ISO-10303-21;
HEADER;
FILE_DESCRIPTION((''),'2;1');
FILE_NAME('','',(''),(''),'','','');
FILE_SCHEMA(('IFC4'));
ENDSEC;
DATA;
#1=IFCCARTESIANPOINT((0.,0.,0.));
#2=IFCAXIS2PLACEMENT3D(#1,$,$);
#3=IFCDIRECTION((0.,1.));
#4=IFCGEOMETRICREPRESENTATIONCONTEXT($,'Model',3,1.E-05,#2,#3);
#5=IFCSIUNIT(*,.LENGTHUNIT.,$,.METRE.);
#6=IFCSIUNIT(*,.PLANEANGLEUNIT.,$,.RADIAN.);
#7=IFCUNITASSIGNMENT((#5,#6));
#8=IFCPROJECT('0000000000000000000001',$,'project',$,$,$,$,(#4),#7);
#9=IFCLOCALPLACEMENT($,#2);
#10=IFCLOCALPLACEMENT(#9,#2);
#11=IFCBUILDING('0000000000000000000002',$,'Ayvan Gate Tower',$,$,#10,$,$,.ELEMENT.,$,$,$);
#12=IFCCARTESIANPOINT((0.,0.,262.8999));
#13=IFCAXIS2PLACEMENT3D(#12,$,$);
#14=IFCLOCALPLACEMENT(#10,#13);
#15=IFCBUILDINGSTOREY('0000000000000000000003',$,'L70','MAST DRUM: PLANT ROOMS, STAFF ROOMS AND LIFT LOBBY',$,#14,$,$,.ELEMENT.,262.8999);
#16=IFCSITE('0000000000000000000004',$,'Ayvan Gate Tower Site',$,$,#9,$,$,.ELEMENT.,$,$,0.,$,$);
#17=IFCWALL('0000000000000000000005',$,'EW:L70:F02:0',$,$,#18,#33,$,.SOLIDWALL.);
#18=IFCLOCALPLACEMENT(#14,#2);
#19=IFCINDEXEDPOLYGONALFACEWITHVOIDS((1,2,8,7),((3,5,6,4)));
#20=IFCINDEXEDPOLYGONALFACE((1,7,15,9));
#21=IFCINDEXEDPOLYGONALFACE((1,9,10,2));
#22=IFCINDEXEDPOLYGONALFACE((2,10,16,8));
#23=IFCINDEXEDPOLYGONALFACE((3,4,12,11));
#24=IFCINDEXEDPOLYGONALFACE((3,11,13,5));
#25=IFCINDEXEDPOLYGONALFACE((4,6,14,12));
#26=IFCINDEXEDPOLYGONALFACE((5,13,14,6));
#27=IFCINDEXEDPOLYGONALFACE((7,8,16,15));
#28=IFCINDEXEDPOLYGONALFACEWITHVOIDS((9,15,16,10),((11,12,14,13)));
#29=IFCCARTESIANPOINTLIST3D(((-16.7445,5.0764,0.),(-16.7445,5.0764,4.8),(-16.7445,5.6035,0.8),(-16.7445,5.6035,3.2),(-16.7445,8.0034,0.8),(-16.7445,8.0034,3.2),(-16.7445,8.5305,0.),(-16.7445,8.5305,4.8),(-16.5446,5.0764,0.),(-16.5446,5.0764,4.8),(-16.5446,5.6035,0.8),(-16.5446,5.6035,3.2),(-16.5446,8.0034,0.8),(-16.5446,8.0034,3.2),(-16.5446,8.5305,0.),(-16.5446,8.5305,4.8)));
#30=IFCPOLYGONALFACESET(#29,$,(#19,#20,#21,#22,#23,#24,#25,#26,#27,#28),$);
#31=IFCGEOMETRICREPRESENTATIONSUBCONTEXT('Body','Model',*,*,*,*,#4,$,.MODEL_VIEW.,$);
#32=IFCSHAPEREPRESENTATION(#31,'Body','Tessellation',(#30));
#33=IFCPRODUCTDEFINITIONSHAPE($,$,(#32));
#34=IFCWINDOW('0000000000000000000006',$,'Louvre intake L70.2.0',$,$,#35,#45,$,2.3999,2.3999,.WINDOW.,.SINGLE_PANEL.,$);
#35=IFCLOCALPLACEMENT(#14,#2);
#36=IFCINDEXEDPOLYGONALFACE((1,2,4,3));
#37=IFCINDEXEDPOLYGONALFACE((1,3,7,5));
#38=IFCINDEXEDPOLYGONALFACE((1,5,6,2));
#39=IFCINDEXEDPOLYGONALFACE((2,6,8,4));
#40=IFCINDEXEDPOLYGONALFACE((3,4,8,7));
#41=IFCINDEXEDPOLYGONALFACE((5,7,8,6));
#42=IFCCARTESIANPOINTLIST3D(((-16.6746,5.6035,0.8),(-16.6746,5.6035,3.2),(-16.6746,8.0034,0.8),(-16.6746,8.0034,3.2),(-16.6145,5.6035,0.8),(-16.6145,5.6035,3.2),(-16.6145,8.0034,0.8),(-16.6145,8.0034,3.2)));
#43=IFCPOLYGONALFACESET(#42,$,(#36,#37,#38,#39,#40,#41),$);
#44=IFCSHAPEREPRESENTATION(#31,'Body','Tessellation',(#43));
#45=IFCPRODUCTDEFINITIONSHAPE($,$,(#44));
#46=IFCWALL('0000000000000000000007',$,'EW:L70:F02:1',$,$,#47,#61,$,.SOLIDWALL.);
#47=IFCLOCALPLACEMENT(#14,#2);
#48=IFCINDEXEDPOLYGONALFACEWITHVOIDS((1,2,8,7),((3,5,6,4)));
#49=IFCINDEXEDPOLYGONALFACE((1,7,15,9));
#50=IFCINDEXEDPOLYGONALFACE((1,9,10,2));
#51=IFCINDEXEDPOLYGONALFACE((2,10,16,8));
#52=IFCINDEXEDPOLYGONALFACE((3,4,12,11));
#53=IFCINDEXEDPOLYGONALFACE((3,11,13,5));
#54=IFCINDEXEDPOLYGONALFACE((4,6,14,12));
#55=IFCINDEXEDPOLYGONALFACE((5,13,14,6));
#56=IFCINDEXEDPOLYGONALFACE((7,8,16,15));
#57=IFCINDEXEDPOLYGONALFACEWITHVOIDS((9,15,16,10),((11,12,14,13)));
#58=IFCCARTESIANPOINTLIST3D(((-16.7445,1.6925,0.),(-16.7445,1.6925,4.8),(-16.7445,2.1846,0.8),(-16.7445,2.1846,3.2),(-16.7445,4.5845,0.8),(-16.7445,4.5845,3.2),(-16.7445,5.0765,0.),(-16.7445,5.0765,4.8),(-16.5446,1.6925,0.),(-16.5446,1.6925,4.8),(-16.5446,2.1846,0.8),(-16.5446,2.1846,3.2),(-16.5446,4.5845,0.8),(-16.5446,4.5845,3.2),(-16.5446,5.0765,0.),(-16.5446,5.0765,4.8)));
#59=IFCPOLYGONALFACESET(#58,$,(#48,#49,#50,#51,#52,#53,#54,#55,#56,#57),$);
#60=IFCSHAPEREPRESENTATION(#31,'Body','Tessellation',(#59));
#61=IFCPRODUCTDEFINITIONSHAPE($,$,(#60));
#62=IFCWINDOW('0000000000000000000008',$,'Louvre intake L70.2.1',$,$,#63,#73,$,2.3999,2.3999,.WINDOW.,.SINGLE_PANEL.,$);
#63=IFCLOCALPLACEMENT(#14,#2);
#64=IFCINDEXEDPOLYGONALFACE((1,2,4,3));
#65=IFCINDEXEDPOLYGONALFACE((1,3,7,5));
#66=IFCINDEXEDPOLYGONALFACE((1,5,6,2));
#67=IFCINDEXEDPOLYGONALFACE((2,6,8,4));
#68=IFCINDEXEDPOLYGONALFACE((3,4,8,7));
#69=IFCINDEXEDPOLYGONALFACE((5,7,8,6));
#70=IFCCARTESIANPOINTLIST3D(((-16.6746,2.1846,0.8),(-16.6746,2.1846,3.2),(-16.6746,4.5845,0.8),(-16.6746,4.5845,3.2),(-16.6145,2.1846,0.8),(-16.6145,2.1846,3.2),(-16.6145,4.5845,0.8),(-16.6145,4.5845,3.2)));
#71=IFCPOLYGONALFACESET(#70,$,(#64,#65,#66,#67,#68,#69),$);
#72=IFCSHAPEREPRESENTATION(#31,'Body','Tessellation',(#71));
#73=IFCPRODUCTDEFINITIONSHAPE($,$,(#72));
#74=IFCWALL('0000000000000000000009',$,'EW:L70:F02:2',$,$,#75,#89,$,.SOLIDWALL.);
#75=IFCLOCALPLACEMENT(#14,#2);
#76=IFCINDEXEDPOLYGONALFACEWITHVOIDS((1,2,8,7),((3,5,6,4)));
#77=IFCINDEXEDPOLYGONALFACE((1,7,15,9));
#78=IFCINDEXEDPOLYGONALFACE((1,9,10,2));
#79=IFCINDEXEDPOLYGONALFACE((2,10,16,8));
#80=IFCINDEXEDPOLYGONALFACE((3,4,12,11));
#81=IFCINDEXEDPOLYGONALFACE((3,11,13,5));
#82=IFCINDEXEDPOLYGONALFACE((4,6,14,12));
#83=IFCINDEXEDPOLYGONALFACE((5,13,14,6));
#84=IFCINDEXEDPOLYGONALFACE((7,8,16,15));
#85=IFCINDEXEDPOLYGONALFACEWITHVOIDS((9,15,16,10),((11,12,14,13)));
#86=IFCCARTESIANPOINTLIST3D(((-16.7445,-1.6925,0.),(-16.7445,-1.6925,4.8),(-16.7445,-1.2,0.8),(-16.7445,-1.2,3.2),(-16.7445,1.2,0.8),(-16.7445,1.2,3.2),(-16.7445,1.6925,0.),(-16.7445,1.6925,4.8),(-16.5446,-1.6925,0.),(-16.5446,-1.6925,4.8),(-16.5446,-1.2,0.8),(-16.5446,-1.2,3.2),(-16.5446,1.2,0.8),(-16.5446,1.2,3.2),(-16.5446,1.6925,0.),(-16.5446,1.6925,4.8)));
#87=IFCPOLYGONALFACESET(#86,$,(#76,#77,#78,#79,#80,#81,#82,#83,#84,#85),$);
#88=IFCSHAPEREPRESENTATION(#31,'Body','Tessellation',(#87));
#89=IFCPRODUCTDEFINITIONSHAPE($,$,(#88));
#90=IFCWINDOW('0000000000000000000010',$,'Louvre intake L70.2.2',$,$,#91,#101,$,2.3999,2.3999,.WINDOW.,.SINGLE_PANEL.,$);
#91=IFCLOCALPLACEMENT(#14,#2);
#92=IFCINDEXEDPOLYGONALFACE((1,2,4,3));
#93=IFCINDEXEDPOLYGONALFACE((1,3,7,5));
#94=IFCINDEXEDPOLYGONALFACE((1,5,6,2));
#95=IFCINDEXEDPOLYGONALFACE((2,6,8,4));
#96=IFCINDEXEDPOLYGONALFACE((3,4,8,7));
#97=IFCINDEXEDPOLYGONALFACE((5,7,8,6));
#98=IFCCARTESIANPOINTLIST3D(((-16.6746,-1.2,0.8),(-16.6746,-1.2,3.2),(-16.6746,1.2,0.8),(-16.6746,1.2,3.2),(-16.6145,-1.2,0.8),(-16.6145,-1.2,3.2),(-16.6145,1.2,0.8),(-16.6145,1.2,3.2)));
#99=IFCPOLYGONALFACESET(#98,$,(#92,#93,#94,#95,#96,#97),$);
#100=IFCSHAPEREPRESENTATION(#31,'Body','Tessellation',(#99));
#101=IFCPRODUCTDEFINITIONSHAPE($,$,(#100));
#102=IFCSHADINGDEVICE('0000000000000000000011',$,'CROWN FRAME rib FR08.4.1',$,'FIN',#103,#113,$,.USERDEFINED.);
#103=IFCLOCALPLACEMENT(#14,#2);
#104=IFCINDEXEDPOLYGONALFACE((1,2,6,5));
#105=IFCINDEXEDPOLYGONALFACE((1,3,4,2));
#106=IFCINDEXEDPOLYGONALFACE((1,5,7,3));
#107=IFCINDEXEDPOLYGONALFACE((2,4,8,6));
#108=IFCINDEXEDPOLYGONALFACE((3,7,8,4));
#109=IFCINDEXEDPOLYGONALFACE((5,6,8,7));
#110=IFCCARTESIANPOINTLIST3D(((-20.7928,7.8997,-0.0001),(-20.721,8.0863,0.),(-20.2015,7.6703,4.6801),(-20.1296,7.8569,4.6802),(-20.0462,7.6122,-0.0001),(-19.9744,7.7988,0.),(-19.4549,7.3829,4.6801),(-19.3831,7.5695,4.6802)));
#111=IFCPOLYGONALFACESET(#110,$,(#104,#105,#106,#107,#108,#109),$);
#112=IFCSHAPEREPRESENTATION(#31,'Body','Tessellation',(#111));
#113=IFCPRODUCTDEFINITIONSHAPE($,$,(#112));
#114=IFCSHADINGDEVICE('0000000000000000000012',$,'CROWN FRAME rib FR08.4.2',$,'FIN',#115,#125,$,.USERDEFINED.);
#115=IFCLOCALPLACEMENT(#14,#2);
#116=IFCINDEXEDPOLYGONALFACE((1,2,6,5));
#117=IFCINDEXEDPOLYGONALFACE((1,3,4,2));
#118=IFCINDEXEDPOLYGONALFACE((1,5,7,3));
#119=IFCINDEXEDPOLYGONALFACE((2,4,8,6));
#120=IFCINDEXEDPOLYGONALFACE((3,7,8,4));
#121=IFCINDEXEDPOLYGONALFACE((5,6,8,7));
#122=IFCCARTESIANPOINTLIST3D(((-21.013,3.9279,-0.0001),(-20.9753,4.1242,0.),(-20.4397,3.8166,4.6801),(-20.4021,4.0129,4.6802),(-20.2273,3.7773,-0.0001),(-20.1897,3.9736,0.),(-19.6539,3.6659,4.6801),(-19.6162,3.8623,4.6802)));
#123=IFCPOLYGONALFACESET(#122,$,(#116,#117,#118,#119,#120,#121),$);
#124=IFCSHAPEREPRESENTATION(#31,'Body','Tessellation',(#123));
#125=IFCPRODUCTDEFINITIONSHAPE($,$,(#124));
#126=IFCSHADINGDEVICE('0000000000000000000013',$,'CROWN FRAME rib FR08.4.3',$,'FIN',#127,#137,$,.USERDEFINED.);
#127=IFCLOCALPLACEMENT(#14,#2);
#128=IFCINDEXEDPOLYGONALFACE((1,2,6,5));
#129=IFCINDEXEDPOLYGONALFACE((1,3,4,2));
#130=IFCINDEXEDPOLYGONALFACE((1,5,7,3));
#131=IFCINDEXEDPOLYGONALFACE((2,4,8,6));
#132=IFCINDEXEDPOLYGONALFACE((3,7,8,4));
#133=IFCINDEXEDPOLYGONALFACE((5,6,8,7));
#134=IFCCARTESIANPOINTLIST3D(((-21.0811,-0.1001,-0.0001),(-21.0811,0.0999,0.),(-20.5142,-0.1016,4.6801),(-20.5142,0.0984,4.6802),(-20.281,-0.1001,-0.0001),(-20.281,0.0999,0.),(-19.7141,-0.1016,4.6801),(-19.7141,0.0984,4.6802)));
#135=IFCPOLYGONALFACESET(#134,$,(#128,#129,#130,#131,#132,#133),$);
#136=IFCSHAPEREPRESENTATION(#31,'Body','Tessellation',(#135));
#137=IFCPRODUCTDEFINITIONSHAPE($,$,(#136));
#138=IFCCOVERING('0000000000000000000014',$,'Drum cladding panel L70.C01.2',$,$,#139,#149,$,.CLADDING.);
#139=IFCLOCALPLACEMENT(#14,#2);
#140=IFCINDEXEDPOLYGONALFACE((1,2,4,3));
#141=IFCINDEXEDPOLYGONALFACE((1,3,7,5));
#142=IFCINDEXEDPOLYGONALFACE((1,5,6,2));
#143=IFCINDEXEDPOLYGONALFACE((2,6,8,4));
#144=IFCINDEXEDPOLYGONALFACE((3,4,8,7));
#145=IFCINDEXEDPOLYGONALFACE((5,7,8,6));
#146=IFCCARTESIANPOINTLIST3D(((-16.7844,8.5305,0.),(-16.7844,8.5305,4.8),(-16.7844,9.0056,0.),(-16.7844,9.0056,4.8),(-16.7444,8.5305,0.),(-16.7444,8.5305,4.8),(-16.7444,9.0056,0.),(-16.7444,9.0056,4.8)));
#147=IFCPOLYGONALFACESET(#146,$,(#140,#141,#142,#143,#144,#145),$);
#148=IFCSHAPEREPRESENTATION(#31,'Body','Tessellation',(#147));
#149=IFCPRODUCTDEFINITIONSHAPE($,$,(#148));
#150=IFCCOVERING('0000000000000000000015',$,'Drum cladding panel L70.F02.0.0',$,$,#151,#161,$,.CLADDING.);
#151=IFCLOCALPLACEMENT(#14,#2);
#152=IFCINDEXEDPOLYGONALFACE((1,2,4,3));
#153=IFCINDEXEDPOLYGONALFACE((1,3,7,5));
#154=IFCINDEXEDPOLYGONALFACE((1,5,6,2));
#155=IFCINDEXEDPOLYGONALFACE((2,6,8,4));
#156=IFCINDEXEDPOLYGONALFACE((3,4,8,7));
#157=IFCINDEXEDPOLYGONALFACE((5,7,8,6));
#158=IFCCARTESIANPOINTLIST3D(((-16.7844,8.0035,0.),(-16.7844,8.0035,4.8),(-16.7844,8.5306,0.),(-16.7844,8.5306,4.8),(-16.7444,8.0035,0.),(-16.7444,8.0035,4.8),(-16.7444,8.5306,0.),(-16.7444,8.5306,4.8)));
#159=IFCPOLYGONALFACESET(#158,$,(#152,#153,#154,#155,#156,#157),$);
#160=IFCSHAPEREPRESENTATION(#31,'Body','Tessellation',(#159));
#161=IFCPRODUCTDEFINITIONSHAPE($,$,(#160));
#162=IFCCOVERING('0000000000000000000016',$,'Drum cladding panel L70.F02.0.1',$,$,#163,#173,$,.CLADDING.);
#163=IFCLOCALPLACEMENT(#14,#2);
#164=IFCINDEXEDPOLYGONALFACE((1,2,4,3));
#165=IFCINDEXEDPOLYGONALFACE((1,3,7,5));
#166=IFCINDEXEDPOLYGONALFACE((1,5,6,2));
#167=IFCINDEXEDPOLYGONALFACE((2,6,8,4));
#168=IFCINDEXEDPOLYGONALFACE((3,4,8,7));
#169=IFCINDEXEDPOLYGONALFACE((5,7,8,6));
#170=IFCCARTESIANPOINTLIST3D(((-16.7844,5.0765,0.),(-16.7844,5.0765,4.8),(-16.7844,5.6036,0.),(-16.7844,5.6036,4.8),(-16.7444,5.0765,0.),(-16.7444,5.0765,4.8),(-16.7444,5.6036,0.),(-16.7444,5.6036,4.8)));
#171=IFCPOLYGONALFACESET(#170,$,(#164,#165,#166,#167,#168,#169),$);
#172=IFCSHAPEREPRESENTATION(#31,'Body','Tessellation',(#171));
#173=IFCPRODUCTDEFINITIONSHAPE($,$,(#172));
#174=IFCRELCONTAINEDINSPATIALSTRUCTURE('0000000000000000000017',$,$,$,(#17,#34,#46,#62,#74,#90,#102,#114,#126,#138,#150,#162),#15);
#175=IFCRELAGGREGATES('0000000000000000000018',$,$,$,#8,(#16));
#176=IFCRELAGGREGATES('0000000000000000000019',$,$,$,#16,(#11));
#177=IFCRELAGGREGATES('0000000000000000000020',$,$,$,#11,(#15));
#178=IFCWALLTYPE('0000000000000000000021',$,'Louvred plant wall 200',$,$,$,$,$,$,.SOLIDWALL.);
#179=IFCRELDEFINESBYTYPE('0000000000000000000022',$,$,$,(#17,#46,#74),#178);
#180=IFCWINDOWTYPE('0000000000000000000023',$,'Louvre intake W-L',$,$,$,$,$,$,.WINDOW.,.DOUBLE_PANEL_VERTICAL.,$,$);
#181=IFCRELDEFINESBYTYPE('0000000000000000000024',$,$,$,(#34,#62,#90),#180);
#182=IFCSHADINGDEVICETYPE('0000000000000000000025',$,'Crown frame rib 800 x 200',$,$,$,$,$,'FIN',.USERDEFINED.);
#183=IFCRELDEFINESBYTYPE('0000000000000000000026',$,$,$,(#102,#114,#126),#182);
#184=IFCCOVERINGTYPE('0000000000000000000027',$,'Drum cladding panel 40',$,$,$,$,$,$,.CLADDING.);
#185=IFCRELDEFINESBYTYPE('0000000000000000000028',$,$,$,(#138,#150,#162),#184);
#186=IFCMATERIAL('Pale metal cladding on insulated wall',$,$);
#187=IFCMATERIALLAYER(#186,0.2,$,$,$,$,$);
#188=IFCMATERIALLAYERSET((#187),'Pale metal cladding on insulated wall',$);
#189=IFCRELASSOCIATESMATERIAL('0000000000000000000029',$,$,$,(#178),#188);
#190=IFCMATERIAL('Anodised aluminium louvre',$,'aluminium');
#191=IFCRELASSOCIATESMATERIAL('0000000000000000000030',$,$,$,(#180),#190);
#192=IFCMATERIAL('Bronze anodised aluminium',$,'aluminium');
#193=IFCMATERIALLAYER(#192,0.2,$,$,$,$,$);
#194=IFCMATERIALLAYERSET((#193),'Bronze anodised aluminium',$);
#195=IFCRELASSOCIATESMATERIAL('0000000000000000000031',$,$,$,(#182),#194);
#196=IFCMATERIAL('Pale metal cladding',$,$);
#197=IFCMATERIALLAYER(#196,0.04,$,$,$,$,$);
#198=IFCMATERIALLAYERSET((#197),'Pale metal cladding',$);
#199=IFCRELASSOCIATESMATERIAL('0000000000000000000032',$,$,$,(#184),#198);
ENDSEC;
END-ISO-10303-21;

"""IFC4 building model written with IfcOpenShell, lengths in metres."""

from ifc_helpers import new_model, si_unit, direction, frame, frame_2d, origin, origin_2d, place, context, subcontext, project, spatial, polyline, rectangle, outline, extrude, material, layer, layer_set, type_object, element, fill, save


model = new_model("IFC4")

# Units and contexts
model_context = context("Model", 3, precision=1e-05, world=origin(), true_north=direction((0.0, 1.0)))
body_context = subcontext(model_context, "Body", "Model", "MODEL_VIEW")
ifc_project = project(units=[si_unit("LENGTHUNIT", "METRE"), si_unit("PLANEANGLEUNIT", "RADIAN")], contexts=[model_context])

# Site, building, storey
site_placement = place(None, origin())
site = spatial("IfcSite", under=ifc_project, at=site_placement, Name="Ayvan Gate Tower Site", CompositionType="ELEMENT", RefElevation=0.0)
building_placement = place(site_placement, origin())
building = spatial("IfcBuilding", under=site, at=building_placement, Name="Ayvan Gate Tower", CompositionType="ELEMENT")
storey_placement = place(building_placement, frame((0.0, 0.0, 262.8999)))
storey = spatial("IfcBuildingStorey", under=building, at=storey_placement, Name="L70", Description="MAST DRUM: PLANT ROOMS, STAFF ROOMS AND LIFT LOBBY", CompositionType="ELEMENT", Elevation=262.8999)

# Walls, openings, windows
ifc_material_1 = material(Name="Pale metal cladding on insulated wall")
ifc_layer_1 = layer(ifc_material_1, 0.2)
ifc_layer_set_1 = layer_set([ifc_layer_1], Name="Pale metal cladding on insulated wall")
wall_type = type_object("IfcWallType", Name="Louvred plant wall 200", PredefinedType="SOLIDWALL", material=ifc_layer_set_1)
wall_1_placement = place(storey_placement, frame((-16.6445, 8.5305, 0.0), z_axis=(0.0, 0.0, 1.0), x_axis=(0.0, -1.0, 0.0)))
wall_1 = element("IfcWall", 1, at=wall_1_placement, inside=storey, type_object=wall_type, Name="EW:L70:F02:0", PredefinedType="SOLIDWALL", context=body_context, shape_type="SweptSolid", body=[
    extrude(rectangle(XDim=3.4541, YDim=0.2, at=frame_2d((1.7271, 0.0))), origin(), (0.0, 0.0, 1.0), 4.8),
])
opening_1_placement = place(wall_1_placement, frame((0.5271, 0.0, 0.8)))
opening_1 = element("IfcOpeningElement", 2, at=opening_1_placement, cuts=wall_1, PredefinedType="OPENING", context=body_context, shape_type="SweptSolid", body=[
    extrude(rectangle(XDim=2.3999, YDim=2.3999, at=frame_2d((1.2, 1.2))), frame((0.0, 0.1099, 0.0), z_axis=(0.0, -1.0, 0.0), x_axis=(1.0, 0.0, 0.0)), (0.0, 0.0, 1.0), 0.22),
])
ifc_material_2 = material(Name="Anodised aluminium louvre", Category="aluminium")
window_type = type_object("IfcWindowType", Name="Louvre intake W-L", PartitioningType="DOUBLE_PANEL_VERTICAL", PredefinedType="WINDOW", material=ifc_material_2)
window_1_placement = place(opening_1_placement, origin())
window_1 = element("IfcWindow", 3, at=window_1_placement, inside=storey, type_object=window_type, Name="Louvre intake L70.2.0", OverallHeight=2.3999, OverallWidth=2.3999, PartitioningType="SINGLE_PANEL", PredefinedType="WINDOW", context=body_context, shape_type="SweptSolid", body=[
    extrude(rectangle(XDim=2.3999, YDim=2.3999, at=frame_2d((1.2, 1.2))), frame((0.0, 0.03, 0.0), z_axis=(0.0, -1.0, 0.0), x_axis=(1.0, 0.0, 0.0)), (0.0, 0.0, 1.0), 0.0601),
])
fill(opening_1, window_1)
wall_2_placement = place(storey_placement, frame((-16.6445, 5.0764, 0.0), z_axis=(0.0, 0.0, 1.0), x_axis=(0.0, -1.0, 0.0)))
wall_2 = element("IfcWall", 4, at=wall_2_placement, inside=storey, type_object=wall_type, Name="EW:L70:F02:1", PredefinedType="SOLIDWALL", context=body_context, shape_type="SweptSolid", body=[
    extrude(rectangle(XDim=3.384, YDim=0.2, at=frame_2d((1.6919, 0.0))), origin(), (0.0, 0.0, 1.0), 4.8),
])
opening_2_placement = place(wall_2_placement, frame((0.4919, 0.0, 0.8)))
opening_2 = element("IfcOpeningElement", 5, at=opening_2_placement, cuts=wall_2, PredefinedType="OPENING", context=body_context, shape_type="SweptSolid", body=[
    extrude(rectangle(XDim=2.3999, YDim=2.3999, at=frame_2d((1.2, 1.2))), frame((0.0, 0.1099, 0.0), z_axis=(0.0, -1.0, 0.0), x_axis=(1.0, 0.0, 0.0)), (0.0, 0.0, 1.0), 0.22),
])
window_2_placement = place(opening_2_placement, origin())
window_2 = element("IfcWindow", 6, at=window_2_placement, inside=storey, type_object=window_type, Name="Louvre intake L70.2.1", OverallHeight=2.3999, OverallWidth=2.3999, PartitioningType="SINGLE_PANEL", PredefinedType="WINDOW", context=body_context, shape_type="SweptSolid", body=[
    extrude(rectangle(XDim=2.3999, YDim=2.3999, at=frame_2d((1.2, 1.2))), frame((0.0, 0.03, 0.0), z_axis=(0.0, -1.0, 0.0), x_axis=(1.0, 0.0, 0.0)), (0.0, 0.0, 1.0), 0.0601),
])
fill(opening_2, window_2)
wall_3_placement = place(storey_placement, frame((-16.6445, 1.6924, 0.0), z_axis=(0.0, 0.0, 1.0), x_axis=(0.0, -1.0, 0.0)))
wall_3 = element("IfcWall", 7, at=wall_3_placement, inside=storey, type_object=wall_type, Name="EW:L70:F02:2", PredefinedType="SOLIDWALL", context=body_context, shape_type="SweptSolid", body=[
    extrude(rectangle(XDim=3.385, YDim=0.2, at=frame_2d((1.6924, 0.0))), origin(), (0.0, 0.0, 1.0), 4.8),
])
opening_3_placement = place(wall_3_placement, frame((0.4924, 0.0, 0.8)))
opening_3 = element("IfcOpeningElement", 8, at=opening_3_placement, cuts=wall_3, PredefinedType="OPENING", context=body_context, shape_type="SweptSolid", body=[
    extrude(rectangle(XDim=2.3999, YDim=2.3999, at=frame_2d((1.2, 1.2))), frame((0.0, 0.1099, 0.0), z_axis=(0.0, -1.0, 0.0), x_axis=(1.0, 0.0, 0.0)), (0.0, 0.0, 1.0), 0.22),
])
window_3_placement = place(opening_3_placement, origin())
window_3 = element("IfcWindow", 9, at=window_3_placement, inside=storey, type_object=window_type, Name="Louvre intake L70.2.2", OverallHeight=2.3999, OverallWidth=2.3999, PartitioningType="SINGLE_PANEL", PredefinedType="WINDOW", context=body_context, shape_type="SweptSolid", body=[
    extrude(rectangle(XDim=2.3999, YDim=2.3999, at=frame_2d((1.2, 1.2))), frame((0.0, 0.03, 0.0), z_axis=(0.0, -1.0, 0.0), x_axis=(1.0, 0.0, 0.0)), (0.0, 0.0, 1.0), 0.0601),
])
fill(opening_3, window_3)

# Shading devices
ifc_material_3 = material(Name="Bronze anodised aluminium", Category="aluminium")
ifc_layer_2 = layer(ifc_material_3, 0.2)
ifc_layer_set_2 = layer_set([ifc_layer_2], Name="Bronze anodised aluminium")
shading_device_type_1 = type_object("IfcShadingDeviceType", Name="Crown frame rib 800 x 200", ElementType="FIN", PredefinedType="USERDEFINED", material=ifc_layer_set_2)
shading_device_1_placement = place(storey_placement, frame((-19.9744, 7.7988, 0.0), z_axis=(0.359337, 0.933208, 0.000336), x_axis=(-0.933208, 0.359337, 0.0)))
element("IfcShadingDevice", 10, at=shading_device_1_placement, inside=storey, type_object=shading_device_type_1, Name="CROWN FRAME rib FR08.4.1", ObjectType="FIN", PredefinedType="USERDEFINED", context=body_context, shape_type="SweptSolid", body=[
    extrude(outline(polyline([(0.0, 0.0), (0.8001, 0.0), (0.1658, 4.6802), (-0.6342, 4.6802), (0.0, 0.0)])), origin(), (0.0, 0.0, -1.0), 0.2),
])
shading_device_2_placement = place(storey_placement, frame((-20.1897, 3.9736, 0.0), z_axis=(0.188276, 0.982116, 0.000296), x_axis=(-0.982116, 0.188276, 0.0)))
element("IfcShadingDevice", 11, at=shading_device_2_placement, inside=storey, type_object=shading_device_type_1, Name="CROWN FRAME rib FR08.4.2", ObjectType="FIN", PredefinedType="USERDEFINED", context=body_context, shape_type="SweptSolid", body=[
    extrude(outline(polyline([(0.0, 0.0), (0.8, 0.0), (0.216, 4.6802), (-0.5842, 4.6802), (0.0, 0.0)])), origin(), (0.0, 0.0, -1.0), 0.2),
])
shading_device_3_placement = place(storey_placement, frame((-20.281, 0.0999, 0.0), z_axis=(0.0, 1.0, 0.000313), x_axis=(-1.0, 0.0, 0.0)))
element("IfcShadingDevice", 12, at=shading_device_3_placement, inside=storey, type_object=shading_device_type_1, Name="CROWN FRAME rib FR08.4.3", ObjectType="FIN", PredefinedType="USERDEFINED", context=body_context, shape_type="SweptSolid", body=[
    extrude(outline(polyline([(0.0, 0.0), (0.8, 0.0), (0.2332, 4.6802), (-0.5669, 4.6802), (0.0, 0.0)])), origin(), (0.0, 0.0, -1.0), 0.2),
])

# Coverings
ifc_material_4 = material(Name="Pale metal cladding")
ifc_layer_3 = layer(ifc_material_4, 0.04)
ifc_layer_set_3 = layer_set([ifc_layer_3], Name="Pale metal cladding")
covering_type = type_object("IfcCoveringType", Name="Drum cladding panel 40", PredefinedType="CLADDING", material=ifc_layer_set_3)
covering_placement = place(storey_placement, frame((-16.7644, 8.7681, 0.0), z_axis=(0.0, 0.0, 1.0), x_axis=(0.0, -1.0, 0.0)))
element("IfcCovering", 13, at=covering_placement, inside=storey, type_object=covering_type, Name="Drum cladding panel L70.C01.2", PredefinedType="CLADDING", context=body_context, shape_type="SweptSolid", body=[
    extrude(rectangle(XDim=0.4751, YDim=0.04, at=origin_2d()), origin(), (0.0, 0.0, 1.0), 4.8),
])
for number, where, z_axis, x_axis, name in (
    (14, (-16.7644, 8.2671, 0.0), (0.0, 0.0, 1.0), (0.0, -1.0, 0.0), "Drum cladding panel L70.F02.0.0"),
    (15, (-16.7644, 5.3401, 0.0), (0.0, 0.0, 1.0), (0.0, -1.0, 0.0), "Drum cladding panel L70.F02.0.1"),
):
    element("IfcCovering", number, at=place(storey_placement, frame(where, z_axis=z_axis, x_axis=x_axis)), inside=storey, type_object=covering_type, Name=name, PredefinedType="CLADDING", context=body_context, shape_type="SweptSolid", body=[
        extrude(rectangle(XDim=0.5271, YDim=0.04, at=origin_2d()), origin(), (0.0, 0.0, 1.0), 4.8),
    ])

save(model, "model.ifc")
